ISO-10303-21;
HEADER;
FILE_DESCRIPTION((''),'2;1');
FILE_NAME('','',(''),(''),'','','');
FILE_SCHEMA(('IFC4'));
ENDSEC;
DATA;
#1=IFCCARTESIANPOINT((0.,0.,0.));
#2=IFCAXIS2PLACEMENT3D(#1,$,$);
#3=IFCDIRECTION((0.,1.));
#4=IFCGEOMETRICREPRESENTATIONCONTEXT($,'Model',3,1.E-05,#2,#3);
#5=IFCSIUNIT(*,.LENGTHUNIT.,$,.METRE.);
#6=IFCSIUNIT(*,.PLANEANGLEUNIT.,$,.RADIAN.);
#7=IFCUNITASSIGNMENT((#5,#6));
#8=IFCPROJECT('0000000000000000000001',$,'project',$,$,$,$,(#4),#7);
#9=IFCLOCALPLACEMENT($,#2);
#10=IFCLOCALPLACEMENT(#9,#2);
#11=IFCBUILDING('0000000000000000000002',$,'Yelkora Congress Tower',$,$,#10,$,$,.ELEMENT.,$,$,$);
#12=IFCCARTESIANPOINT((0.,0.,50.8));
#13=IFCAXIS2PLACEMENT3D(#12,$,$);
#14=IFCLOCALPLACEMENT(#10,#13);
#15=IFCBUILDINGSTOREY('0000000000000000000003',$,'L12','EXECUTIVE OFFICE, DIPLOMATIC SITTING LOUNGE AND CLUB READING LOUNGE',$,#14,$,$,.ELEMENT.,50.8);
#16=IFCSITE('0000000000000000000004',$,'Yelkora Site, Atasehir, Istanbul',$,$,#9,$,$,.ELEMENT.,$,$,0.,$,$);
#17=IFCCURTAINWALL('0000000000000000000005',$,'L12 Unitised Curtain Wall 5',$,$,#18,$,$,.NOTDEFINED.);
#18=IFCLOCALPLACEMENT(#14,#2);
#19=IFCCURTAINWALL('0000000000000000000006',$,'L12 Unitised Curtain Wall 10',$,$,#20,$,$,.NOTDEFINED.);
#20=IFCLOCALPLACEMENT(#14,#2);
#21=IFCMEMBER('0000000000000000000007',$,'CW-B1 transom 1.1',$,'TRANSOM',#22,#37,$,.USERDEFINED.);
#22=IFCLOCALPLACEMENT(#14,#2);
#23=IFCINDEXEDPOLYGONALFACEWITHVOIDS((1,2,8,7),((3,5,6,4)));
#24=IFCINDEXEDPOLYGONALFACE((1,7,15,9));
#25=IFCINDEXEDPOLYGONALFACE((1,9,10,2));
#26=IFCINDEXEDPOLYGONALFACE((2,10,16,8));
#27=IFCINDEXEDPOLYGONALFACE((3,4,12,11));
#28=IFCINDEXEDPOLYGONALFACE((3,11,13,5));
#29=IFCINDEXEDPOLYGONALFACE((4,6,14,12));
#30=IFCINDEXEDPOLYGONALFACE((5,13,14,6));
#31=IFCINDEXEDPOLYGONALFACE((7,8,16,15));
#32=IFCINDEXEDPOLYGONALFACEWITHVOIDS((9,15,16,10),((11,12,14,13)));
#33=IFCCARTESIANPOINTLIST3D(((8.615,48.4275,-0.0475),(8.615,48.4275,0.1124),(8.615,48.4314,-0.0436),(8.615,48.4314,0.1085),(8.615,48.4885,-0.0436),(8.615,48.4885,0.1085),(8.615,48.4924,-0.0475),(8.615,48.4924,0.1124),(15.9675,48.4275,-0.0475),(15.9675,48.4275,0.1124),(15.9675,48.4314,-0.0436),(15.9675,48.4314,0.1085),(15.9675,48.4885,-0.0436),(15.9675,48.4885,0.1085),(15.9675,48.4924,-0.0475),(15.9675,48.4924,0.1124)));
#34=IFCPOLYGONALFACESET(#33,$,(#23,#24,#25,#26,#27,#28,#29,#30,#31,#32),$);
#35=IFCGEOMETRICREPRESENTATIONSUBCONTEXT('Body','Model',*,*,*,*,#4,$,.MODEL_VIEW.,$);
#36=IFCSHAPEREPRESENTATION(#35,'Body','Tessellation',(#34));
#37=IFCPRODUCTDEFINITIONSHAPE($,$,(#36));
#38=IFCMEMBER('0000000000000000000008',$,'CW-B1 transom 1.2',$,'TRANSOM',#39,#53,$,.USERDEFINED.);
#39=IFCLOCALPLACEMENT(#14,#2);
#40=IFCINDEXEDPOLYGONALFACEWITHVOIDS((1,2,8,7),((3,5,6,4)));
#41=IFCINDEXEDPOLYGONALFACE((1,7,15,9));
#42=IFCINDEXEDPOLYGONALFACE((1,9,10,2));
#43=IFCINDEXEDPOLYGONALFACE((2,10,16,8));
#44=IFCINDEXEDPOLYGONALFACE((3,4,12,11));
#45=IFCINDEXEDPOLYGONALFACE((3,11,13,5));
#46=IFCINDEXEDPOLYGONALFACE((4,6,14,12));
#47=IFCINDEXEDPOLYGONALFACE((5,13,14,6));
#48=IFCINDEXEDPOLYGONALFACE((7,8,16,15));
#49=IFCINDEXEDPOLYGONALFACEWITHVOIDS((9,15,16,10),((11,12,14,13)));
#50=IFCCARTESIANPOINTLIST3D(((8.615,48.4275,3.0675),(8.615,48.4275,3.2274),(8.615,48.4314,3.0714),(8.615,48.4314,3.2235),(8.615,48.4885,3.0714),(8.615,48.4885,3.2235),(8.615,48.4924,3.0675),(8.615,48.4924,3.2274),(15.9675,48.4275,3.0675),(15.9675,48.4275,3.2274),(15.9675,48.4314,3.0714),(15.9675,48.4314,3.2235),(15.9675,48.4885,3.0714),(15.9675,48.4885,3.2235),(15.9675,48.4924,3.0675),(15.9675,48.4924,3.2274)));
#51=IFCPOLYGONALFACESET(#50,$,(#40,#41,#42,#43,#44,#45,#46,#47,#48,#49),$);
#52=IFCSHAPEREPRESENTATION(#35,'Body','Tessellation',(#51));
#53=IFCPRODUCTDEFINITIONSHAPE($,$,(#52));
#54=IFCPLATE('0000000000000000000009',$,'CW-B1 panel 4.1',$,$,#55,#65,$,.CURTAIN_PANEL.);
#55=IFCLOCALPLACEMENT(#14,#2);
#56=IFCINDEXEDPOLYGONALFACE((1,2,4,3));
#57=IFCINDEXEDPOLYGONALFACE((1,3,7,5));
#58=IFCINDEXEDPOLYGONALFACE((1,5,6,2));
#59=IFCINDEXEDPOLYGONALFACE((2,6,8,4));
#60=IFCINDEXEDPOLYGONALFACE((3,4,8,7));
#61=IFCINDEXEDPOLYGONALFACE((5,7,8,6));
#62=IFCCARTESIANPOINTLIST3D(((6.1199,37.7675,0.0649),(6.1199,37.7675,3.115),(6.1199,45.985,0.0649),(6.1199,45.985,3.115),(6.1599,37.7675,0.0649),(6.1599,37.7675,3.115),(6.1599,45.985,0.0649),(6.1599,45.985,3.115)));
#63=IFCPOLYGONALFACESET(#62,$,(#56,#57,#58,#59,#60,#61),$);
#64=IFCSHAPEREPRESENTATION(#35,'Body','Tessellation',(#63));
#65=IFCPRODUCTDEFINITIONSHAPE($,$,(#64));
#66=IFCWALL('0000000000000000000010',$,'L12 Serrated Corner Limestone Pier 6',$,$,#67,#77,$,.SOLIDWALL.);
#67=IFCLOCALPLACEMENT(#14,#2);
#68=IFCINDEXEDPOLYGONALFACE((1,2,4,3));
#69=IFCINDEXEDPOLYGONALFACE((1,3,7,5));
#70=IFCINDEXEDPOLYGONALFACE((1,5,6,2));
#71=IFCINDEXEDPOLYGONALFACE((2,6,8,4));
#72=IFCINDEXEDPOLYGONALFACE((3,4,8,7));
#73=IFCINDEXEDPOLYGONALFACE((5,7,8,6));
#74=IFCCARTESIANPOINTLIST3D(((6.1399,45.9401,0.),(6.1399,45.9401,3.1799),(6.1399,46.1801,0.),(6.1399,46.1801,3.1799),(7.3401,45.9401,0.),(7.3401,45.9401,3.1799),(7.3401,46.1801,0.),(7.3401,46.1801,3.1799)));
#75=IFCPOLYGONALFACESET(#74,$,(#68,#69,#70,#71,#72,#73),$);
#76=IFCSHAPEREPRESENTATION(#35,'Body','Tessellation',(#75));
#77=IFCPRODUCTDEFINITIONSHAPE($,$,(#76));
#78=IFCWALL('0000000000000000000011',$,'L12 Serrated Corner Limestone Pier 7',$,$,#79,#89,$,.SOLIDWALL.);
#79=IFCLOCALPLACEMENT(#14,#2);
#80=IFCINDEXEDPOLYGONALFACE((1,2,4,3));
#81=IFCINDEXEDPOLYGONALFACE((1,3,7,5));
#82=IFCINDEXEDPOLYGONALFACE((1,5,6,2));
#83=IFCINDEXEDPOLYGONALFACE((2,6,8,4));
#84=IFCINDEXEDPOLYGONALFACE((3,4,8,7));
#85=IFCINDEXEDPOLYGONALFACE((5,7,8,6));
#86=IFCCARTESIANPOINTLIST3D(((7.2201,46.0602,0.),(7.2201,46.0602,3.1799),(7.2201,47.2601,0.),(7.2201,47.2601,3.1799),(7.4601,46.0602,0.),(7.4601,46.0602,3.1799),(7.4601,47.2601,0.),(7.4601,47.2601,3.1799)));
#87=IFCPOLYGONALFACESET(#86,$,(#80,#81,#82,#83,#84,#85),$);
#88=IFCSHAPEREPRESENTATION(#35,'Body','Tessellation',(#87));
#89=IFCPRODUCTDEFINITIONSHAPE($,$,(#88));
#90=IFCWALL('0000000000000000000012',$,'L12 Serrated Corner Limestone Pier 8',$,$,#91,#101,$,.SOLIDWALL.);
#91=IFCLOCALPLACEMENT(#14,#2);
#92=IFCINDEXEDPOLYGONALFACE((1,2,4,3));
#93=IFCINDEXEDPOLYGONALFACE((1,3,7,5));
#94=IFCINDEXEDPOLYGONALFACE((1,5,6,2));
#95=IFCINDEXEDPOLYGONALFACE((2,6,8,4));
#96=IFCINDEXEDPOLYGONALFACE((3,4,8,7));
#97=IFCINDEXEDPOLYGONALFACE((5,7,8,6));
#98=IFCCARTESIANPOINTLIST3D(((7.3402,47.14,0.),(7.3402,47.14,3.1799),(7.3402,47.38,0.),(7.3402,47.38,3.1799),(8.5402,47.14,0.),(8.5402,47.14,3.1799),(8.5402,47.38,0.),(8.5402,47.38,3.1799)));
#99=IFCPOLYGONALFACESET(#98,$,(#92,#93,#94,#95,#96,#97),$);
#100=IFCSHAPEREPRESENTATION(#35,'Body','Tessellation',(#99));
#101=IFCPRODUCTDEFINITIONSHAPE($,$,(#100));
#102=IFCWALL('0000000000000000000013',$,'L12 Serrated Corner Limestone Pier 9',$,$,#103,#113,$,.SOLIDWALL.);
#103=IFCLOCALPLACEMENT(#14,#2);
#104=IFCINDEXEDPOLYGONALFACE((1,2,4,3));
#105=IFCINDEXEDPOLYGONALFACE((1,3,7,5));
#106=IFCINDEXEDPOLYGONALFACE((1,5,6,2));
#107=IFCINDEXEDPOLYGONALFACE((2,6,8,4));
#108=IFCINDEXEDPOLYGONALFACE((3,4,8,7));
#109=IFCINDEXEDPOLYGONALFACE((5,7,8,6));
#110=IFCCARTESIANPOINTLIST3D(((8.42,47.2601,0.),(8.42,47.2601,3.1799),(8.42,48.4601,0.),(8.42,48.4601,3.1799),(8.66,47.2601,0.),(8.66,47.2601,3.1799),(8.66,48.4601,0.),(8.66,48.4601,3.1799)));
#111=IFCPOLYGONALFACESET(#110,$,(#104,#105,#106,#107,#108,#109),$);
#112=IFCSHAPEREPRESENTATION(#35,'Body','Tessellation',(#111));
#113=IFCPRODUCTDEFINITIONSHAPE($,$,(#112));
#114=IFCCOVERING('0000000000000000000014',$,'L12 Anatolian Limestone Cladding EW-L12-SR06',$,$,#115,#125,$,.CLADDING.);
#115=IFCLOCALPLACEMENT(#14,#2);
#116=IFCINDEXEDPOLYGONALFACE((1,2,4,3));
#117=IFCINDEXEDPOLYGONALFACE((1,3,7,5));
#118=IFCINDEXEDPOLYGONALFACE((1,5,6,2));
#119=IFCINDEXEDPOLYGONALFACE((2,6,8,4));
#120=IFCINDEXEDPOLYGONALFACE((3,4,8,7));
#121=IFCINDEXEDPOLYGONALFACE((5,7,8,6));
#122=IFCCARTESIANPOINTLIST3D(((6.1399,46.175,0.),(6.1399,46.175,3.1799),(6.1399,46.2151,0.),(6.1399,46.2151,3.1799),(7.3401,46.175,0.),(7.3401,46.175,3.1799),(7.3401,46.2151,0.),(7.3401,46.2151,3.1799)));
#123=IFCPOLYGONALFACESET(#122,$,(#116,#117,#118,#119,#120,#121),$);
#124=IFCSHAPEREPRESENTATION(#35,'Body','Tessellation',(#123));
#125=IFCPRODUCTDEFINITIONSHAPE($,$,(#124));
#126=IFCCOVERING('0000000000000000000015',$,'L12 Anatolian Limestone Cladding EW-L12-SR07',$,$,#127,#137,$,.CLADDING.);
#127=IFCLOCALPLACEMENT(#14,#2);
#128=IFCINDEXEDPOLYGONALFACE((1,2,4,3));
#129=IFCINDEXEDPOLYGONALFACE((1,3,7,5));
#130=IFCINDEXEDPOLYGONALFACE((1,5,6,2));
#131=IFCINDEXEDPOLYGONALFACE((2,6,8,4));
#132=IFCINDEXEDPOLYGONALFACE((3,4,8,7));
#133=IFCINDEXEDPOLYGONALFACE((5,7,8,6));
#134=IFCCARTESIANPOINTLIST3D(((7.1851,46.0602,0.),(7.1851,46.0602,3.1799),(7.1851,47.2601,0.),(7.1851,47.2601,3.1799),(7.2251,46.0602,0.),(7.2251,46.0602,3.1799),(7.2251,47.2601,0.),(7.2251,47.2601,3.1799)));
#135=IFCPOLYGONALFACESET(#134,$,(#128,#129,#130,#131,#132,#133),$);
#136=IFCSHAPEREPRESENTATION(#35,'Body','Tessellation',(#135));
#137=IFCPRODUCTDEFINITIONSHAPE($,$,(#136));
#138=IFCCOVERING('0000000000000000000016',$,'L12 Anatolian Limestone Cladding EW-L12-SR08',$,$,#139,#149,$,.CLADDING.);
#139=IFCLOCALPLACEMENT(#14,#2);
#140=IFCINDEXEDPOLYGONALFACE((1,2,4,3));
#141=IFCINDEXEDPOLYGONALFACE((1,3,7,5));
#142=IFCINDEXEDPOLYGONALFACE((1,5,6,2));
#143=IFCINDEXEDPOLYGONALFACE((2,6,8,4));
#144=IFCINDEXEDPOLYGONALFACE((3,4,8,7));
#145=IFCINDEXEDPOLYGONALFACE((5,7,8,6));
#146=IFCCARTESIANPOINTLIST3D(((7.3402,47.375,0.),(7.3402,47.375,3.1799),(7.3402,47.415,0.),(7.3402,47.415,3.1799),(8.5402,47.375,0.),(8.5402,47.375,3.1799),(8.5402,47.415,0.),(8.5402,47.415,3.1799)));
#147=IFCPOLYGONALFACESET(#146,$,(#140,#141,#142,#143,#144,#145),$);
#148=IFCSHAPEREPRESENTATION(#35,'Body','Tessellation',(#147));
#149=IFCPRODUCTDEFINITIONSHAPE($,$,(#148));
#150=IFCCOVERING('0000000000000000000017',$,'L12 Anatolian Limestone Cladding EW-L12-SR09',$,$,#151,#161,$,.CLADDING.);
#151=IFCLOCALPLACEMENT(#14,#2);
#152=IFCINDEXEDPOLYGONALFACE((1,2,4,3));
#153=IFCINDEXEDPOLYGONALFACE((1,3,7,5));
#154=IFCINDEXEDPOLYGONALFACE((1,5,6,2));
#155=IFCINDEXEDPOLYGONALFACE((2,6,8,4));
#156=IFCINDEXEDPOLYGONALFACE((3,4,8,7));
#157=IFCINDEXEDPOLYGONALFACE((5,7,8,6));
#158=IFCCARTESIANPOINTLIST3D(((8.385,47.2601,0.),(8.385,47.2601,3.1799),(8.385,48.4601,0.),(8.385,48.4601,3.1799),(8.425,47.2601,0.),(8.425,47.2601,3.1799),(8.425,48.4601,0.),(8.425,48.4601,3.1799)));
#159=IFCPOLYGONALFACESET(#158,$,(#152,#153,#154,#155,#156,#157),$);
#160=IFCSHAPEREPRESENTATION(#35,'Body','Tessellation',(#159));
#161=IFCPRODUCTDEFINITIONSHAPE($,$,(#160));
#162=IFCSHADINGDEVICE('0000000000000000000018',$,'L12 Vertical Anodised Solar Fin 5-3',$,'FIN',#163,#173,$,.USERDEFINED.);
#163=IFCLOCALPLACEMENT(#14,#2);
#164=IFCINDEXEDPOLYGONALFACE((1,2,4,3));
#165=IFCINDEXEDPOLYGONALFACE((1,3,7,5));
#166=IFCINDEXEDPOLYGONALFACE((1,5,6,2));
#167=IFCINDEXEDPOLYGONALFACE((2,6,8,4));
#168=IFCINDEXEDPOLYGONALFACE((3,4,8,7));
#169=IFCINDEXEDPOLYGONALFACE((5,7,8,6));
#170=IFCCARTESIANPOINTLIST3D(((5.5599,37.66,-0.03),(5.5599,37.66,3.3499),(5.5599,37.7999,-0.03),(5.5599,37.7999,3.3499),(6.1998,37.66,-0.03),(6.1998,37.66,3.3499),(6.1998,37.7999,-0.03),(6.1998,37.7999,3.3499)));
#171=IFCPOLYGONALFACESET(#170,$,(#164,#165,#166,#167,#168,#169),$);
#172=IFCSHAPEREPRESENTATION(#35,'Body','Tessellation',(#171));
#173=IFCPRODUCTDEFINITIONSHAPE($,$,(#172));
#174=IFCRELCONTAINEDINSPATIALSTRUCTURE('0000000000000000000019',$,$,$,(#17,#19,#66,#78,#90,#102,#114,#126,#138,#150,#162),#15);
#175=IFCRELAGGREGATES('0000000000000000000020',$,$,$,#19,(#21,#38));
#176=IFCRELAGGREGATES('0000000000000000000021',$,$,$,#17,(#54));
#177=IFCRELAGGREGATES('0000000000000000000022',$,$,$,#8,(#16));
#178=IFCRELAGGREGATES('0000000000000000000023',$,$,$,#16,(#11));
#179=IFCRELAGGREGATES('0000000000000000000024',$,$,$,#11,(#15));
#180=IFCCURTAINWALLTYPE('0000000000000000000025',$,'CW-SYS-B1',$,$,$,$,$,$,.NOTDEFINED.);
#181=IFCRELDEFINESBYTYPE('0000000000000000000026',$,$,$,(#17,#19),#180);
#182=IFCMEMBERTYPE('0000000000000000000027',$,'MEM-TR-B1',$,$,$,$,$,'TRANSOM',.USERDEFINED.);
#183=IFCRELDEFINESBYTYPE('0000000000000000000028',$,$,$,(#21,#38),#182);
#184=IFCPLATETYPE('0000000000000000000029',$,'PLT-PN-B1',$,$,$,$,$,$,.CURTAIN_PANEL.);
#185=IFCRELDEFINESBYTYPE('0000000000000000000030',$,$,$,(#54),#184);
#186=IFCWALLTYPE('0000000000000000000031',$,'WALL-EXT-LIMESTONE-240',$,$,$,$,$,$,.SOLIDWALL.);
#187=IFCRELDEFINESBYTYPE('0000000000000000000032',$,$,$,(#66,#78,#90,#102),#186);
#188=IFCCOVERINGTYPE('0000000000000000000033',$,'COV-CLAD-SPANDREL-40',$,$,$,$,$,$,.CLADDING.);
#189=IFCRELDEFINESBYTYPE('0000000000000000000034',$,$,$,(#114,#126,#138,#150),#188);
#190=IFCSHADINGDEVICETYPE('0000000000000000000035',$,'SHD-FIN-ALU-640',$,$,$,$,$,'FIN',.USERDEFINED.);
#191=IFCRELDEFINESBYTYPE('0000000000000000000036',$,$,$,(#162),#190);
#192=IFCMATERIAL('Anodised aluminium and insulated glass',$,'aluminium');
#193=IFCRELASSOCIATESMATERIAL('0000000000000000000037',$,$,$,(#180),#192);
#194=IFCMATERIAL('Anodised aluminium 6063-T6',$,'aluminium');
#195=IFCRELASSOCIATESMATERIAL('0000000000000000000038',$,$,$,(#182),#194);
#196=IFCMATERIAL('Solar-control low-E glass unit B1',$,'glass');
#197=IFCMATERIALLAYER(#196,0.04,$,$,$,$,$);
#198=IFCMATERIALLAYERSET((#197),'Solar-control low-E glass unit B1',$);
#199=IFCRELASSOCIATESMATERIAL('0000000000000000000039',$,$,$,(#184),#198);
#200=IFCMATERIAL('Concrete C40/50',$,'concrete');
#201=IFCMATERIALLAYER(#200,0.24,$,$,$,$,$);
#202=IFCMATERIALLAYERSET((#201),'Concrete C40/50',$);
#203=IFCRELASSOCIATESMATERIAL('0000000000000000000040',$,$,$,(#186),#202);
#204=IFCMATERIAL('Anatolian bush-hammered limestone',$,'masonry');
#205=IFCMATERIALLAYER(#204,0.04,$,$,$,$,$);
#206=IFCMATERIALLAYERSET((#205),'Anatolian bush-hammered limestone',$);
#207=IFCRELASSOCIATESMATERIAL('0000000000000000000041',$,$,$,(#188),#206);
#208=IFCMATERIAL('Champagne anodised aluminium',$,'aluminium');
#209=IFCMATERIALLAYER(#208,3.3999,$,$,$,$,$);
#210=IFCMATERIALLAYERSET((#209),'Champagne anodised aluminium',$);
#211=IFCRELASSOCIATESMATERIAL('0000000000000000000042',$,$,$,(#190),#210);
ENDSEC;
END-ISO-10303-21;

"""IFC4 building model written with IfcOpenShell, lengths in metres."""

from ifc_helpers import new_model, si_unit, direction, frame, frame_2d, origin, origin_2d, place, context, subcontext, project, spatial, rectangle, hollow_rectangle, extrude, material, layer, layer_set, material_profile, profile_set, type_object, element, aggregate, save


model = new_model("IFC4")

# Units and contexts
model_context = context("Model", 3, precision=1e-05, world=origin(), true_north=direction((0.0, 1.0)))
body_context = subcontext(model_context, "Body", "Model", "MODEL_VIEW")
ifc_project = project(units=[si_unit("LENGTHUNIT", "METRE"), si_unit("PLANEANGLEUNIT", "RADIAN")], contexts=[model_context])

# Site, building, storey
site_placement = place(None, origin())
site = spatial("IfcSite", under=ifc_project, at=site_placement, Name="Yelkora Site, Atasehir, Istanbul", CompositionType="ELEMENT", RefElevation=0.0)
building_placement = place(site_placement, origin())
building = spatial("IfcBuilding", under=site, at=building_placement, Name="Yelkora Congress Tower", CompositionType="ELEMENT")
storey_placement = place(building_placement, frame((0.0, 0.0, 50.8)))
storey = spatial("IfcBuildingStorey", under=building, at=storey_placement, Name="L12", Description="EXECUTIVE OFFICE, DIPLOMATIC SITTING LOUNGE AND CLUB READING LOUNGE", CompositionType="ELEMENT", Elevation=50.8)

# Curtain wall
ifc_material_1 = material(Name="Anodised aluminium and insulated glass", Category="aluminium")
curtain_wall_type = type_object("IfcCurtainWallType", Name="CW-SYS-B1", PredefinedType="NOTDEFINED", material=ifc_material_1)
curtain_wall_1_placement = place(storey_placement, origin())
curtain_wall_1 = element("IfcCurtainWall", 1, at=curtain_wall_1_placement, inside=storey, type_object=curtain_wall_type, Name="L12 Unitised Curtain Wall 5", PredefinedType="NOTDEFINED")
ifc_material_2 = material(Name="Anodised aluminium 6063-T6", Category="aluminium")

# Curtain wall
curtain_wall_2_placement = place(storey_placement, origin())
curtain_wall_2 = element("IfcCurtainWall", 2, at=curtain_wall_2_placement, inside=storey, type_object=curtain_wall_type, Name="L12 Unitised Curtain Wall 10", PredefinedType="NOTDEFINED")

# Members
ifc_material_profile_1 = material_profile(ifc_material_2, hollow_rectangle(XDim=0.0649, YDim=0.1599, WallThickness=0.0039, at=origin_2d()), Name="ALU 65x160x4")
ifc_profile_set_1 = profile_set([ifc_material_profile_1], Name="Anodised aluminium 6063-T6")
member_type_1 = type_object("IfcMemberType", Name="MEM-TR-B1", ElementType="TRANSOM", PredefinedType="USERDEFINED", material=ifc_profile_set_1)
member_1_placement = place(storey_placement, frame((8.615, 48.46, 0.0325), z_axis=(1.0, 0.0, 0.0), x_axis=(0.0, 1.0, 0.0)))
member_1 = element("IfcMember", 3, at=member_1_placement, type_object=member_type_1, Name="CW-B1 transom 1.1", ObjectType="TRANSOM", PredefinedType="USERDEFINED", context=body_context, shape_type="SweptSolid", body=[
    extrude(hollow_rectangle(XDim=0.0649, YDim=0.1599, WallThickness=0.0039, at=origin_2d()), origin(), (0.0, 0.0, 1.0), 7.3525),
])
member_2_placement = place(storey_placement, frame((8.615, 48.46, 3.1475), z_axis=(1.0, 0.0, 0.0), x_axis=(0.0, 1.0, 0.0)))
member_2 = element("IfcMember", 4, at=member_2_placement, type_object=member_type_1, Name="CW-B1 transom 1.2", ObjectType="TRANSOM", PredefinedType="USERDEFINED", context=body_context, shape_type="SweptSolid", body=[
    extrude(hollow_rectangle(XDim=0.0649, YDim=0.1599, WallThickness=0.0039, at=origin_2d()), origin(), (0.0, 0.0, 1.0), 7.3525),
])
aggregate(curtain_wall_2, [member_1, member_2])

# Plate
ifc_material_3 = material(Name="Solar-control low-E glass unit B1", Category="glass")
ifc_layer_1 = layer(ifc_material_3, 0.04)
ifc_layer_set_1 = layer_set([ifc_layer_1], Name="Solar-control low-E glass unit B1")
plate_type = type_object("IfcPlateType", Name="PLT-PN-B1", PredefinedType="CURTAIN_PANEL", material=ifc_layer_set_1)
plate_placement = place(storey_placement, frame((6.1399, 41.8762, 0.0649), z_axis=(0.0, 0.0, 1.0), x_axis=(0.0, 1.0, 0.0)))
plate = element("IfcPlate", 5, at=plate_placement, type_object=plate_type, Name="CW-B1 panel 4.1", PredefinedType="CURTAIN_PANEL", context=body_context, shape_type="SweptSolid", body=[
    extrude(rectangle(XDim=8.2175, YDim=0.04, at=origin_2d()), origin(), (0.0, 0.0, 1.0), 3.05),
])
aggregate(curtain_wall_1, [plate])

# Walls
ifc_material_4 = material(Name="Concrete C40/50", Category="concrete")
ifc_layer_2 = layer(ifc_material_4, 0.24)
ifc_layer_set_2 = layer_set([ifc_layer_2], Name="Concrete C40/50")
wall_type = type_object("IfcWallType", Name="WALL-EXT-LIMESTONE-240", PredefinedType="SOLIDWALL", material=ifc_layer_set_2)
wall_placement = place(storey_placement, frame((6.1399, 46.0601, 0.0), z_axis=(0.0, 0.0, 1.0), x_axis=(1.0, 0.0, 0.0)))
element("IfcWall", 6, at=wall_placement, inside=storey, type_object=wall_type, Name="L12 Serrated Corner Limestone Pier 6", PredefinedType="SOLIDWALL", context=body_context, shape_type="SweptSolid", body=[
    extrude(rectangle(XDim=1.2002, YDim=0.24, at=frame_2d((0.6001, 0.0))), origin(), (0.0, 0.0, 1.0), 3.1799),
])
for number, where, z_axis, x_axis, name in (
    (7, (7.3401, 46.0601, 0.0), (0.0, 0.0, 1.0), (0.0, 1.0, 0.0), "L12 Serrated Corner Limestone Pier 7"),
    (8, (7.3401, 47.26, 0.0), (0.0, 0.0, 1.0), (1.0, 0.0, 0.0), "L12 Serrated Corner Limestone Pier 8"),
    (9, (8.54, 47.26, 0.0), (0.0, 0.0, 1.0), (0.0, 1.0, 0.0), "L12 Serrated Corner Limestone Pier 9"),
):
    element("IfcWall", number, at=place(storey_placement, frame(where, z_axis=z_axis, x_axis=x_axis)), inside=storey, type_object=wall_type, Name=name, PredefinedType="SOLIDWALL", context=body_context, shape_type="SweptSolid", body=[
        extrude(rectangle(XDim=1.2, YDim=0.24, at=frame_2d((0.6001, 0.0))), origin(), (0.0, 0.0, 1.0), 3.1799),
    ])

# Coverings
ifc_material_5 = material(Name="Anatolian bush-hammered limestone", Category="masonry")
ifc_layer_3 = layer(ifc_material_5, 0.04)
ifc_layer_set_3 = layer_set([ifc_layer_3], Name="Anatolian bush-hammered limestone")
covering_type = type_object("IfcCoveringType", Name="COV-CLAD-SPANDREL-40", PredefinedType="CLADDING", material=ifc_layer_set_3)
covering_placement = place(storey_placement, frame((6.1399, 46.1951, 0.0), z_axis=(0.0, 0.0, 1.0), x_axis=(1.0, 0.0, 0.0)))
element("IfcCovering", 10, at=covering_placement, inside=storey, type_object=covering_type, Name="L12 Anatolian Limestone Cladding EW-L12-SR06", PredefinedType="CLADDING", context=body_context, shape_type="SweptSolid", body=[
    extrude(rectangle(XDim=1.2002, YDim=0.04, at=frame_2d((0.6001, 0.0))), origin(), (0.0, 0.0, 1.0), 3.1799),
])
for number, where, z_axis, x_axis, name in (
    (11, (7.2051, 46.0601, 0.0), (0.0, 0.0, 1.0), (0.0, 1.0, 0.0), "L12 Anatolian Limestone Cladding EW-L12-SR07"),
    (12, (7.3401, 47.395, 0.0), (0.0, 0.0, 1.0), (1.0, 0.0, 0.0), "L12 Anatolian Limestone Cladding EW-L12-SR08"),
    (13, (8.405, 47.26, 0.0), (0.0, 0.0, 1.0), (0.0, 1.0, 0.0), "L12 Anatolian Limestone Cladding EW-L12-SR09"),
):
    element("IfcCovering", number, at=place(storey_placement, frame(where, z_axis=z_axis, x_axis=x_axis)), inside=storey, type_object=covering_type, Name=name, PredefinedType="CLADDING", context=body_context, shape_type="SweptSolid", body=[
        extrude(rectangle(XDim=1.2, YDim=0.04, at=frame_2d((0.6001, 0.0))), origin(), (0.0, 0.0, 1.0), 3.1799),
    ])

# Shading device
ifc_material_6 = material(Name="Champagne anodised aluminium", Category="aluminium")
ifc_layer_4 = layer(ifc_material_6, 3.3999)
ifc_layer_set_4 = layer_set([ifc_layer_4], Name="Champagne anodised aluminium")
shading_device_type = type_object("IfcShadingDeviceType", Name="SHD-FIN-ALU-640", ElementType="FIN", PredefinedType="USERDEFINED", material=ifc_layer_set_4)
shading_device_placement = place(storey_placement, frame((5.8799, 37.73, -0.03), z_axis=(0.0, 0.0, 1.0), x_axis=(0.0, 1.0, 0.0)))
element("IfcShadingDevice", 14, at=shading_device_placement, inside=storey, type_object=shading_device_type, Name="L12 Vertical Anodised Solar Fin 5-3", ObjectType="FIN", PredefinedType="USERDEFINED", context=body_context, shape_type="SweptSolid", body=[
    extrude(rectangle(XDim=0.1399, YDim=0.6399, at=origin_2d()), origin(), (0.0, 0.0, 1.0), 3.3799),
])

save(model, "model.ifc")
